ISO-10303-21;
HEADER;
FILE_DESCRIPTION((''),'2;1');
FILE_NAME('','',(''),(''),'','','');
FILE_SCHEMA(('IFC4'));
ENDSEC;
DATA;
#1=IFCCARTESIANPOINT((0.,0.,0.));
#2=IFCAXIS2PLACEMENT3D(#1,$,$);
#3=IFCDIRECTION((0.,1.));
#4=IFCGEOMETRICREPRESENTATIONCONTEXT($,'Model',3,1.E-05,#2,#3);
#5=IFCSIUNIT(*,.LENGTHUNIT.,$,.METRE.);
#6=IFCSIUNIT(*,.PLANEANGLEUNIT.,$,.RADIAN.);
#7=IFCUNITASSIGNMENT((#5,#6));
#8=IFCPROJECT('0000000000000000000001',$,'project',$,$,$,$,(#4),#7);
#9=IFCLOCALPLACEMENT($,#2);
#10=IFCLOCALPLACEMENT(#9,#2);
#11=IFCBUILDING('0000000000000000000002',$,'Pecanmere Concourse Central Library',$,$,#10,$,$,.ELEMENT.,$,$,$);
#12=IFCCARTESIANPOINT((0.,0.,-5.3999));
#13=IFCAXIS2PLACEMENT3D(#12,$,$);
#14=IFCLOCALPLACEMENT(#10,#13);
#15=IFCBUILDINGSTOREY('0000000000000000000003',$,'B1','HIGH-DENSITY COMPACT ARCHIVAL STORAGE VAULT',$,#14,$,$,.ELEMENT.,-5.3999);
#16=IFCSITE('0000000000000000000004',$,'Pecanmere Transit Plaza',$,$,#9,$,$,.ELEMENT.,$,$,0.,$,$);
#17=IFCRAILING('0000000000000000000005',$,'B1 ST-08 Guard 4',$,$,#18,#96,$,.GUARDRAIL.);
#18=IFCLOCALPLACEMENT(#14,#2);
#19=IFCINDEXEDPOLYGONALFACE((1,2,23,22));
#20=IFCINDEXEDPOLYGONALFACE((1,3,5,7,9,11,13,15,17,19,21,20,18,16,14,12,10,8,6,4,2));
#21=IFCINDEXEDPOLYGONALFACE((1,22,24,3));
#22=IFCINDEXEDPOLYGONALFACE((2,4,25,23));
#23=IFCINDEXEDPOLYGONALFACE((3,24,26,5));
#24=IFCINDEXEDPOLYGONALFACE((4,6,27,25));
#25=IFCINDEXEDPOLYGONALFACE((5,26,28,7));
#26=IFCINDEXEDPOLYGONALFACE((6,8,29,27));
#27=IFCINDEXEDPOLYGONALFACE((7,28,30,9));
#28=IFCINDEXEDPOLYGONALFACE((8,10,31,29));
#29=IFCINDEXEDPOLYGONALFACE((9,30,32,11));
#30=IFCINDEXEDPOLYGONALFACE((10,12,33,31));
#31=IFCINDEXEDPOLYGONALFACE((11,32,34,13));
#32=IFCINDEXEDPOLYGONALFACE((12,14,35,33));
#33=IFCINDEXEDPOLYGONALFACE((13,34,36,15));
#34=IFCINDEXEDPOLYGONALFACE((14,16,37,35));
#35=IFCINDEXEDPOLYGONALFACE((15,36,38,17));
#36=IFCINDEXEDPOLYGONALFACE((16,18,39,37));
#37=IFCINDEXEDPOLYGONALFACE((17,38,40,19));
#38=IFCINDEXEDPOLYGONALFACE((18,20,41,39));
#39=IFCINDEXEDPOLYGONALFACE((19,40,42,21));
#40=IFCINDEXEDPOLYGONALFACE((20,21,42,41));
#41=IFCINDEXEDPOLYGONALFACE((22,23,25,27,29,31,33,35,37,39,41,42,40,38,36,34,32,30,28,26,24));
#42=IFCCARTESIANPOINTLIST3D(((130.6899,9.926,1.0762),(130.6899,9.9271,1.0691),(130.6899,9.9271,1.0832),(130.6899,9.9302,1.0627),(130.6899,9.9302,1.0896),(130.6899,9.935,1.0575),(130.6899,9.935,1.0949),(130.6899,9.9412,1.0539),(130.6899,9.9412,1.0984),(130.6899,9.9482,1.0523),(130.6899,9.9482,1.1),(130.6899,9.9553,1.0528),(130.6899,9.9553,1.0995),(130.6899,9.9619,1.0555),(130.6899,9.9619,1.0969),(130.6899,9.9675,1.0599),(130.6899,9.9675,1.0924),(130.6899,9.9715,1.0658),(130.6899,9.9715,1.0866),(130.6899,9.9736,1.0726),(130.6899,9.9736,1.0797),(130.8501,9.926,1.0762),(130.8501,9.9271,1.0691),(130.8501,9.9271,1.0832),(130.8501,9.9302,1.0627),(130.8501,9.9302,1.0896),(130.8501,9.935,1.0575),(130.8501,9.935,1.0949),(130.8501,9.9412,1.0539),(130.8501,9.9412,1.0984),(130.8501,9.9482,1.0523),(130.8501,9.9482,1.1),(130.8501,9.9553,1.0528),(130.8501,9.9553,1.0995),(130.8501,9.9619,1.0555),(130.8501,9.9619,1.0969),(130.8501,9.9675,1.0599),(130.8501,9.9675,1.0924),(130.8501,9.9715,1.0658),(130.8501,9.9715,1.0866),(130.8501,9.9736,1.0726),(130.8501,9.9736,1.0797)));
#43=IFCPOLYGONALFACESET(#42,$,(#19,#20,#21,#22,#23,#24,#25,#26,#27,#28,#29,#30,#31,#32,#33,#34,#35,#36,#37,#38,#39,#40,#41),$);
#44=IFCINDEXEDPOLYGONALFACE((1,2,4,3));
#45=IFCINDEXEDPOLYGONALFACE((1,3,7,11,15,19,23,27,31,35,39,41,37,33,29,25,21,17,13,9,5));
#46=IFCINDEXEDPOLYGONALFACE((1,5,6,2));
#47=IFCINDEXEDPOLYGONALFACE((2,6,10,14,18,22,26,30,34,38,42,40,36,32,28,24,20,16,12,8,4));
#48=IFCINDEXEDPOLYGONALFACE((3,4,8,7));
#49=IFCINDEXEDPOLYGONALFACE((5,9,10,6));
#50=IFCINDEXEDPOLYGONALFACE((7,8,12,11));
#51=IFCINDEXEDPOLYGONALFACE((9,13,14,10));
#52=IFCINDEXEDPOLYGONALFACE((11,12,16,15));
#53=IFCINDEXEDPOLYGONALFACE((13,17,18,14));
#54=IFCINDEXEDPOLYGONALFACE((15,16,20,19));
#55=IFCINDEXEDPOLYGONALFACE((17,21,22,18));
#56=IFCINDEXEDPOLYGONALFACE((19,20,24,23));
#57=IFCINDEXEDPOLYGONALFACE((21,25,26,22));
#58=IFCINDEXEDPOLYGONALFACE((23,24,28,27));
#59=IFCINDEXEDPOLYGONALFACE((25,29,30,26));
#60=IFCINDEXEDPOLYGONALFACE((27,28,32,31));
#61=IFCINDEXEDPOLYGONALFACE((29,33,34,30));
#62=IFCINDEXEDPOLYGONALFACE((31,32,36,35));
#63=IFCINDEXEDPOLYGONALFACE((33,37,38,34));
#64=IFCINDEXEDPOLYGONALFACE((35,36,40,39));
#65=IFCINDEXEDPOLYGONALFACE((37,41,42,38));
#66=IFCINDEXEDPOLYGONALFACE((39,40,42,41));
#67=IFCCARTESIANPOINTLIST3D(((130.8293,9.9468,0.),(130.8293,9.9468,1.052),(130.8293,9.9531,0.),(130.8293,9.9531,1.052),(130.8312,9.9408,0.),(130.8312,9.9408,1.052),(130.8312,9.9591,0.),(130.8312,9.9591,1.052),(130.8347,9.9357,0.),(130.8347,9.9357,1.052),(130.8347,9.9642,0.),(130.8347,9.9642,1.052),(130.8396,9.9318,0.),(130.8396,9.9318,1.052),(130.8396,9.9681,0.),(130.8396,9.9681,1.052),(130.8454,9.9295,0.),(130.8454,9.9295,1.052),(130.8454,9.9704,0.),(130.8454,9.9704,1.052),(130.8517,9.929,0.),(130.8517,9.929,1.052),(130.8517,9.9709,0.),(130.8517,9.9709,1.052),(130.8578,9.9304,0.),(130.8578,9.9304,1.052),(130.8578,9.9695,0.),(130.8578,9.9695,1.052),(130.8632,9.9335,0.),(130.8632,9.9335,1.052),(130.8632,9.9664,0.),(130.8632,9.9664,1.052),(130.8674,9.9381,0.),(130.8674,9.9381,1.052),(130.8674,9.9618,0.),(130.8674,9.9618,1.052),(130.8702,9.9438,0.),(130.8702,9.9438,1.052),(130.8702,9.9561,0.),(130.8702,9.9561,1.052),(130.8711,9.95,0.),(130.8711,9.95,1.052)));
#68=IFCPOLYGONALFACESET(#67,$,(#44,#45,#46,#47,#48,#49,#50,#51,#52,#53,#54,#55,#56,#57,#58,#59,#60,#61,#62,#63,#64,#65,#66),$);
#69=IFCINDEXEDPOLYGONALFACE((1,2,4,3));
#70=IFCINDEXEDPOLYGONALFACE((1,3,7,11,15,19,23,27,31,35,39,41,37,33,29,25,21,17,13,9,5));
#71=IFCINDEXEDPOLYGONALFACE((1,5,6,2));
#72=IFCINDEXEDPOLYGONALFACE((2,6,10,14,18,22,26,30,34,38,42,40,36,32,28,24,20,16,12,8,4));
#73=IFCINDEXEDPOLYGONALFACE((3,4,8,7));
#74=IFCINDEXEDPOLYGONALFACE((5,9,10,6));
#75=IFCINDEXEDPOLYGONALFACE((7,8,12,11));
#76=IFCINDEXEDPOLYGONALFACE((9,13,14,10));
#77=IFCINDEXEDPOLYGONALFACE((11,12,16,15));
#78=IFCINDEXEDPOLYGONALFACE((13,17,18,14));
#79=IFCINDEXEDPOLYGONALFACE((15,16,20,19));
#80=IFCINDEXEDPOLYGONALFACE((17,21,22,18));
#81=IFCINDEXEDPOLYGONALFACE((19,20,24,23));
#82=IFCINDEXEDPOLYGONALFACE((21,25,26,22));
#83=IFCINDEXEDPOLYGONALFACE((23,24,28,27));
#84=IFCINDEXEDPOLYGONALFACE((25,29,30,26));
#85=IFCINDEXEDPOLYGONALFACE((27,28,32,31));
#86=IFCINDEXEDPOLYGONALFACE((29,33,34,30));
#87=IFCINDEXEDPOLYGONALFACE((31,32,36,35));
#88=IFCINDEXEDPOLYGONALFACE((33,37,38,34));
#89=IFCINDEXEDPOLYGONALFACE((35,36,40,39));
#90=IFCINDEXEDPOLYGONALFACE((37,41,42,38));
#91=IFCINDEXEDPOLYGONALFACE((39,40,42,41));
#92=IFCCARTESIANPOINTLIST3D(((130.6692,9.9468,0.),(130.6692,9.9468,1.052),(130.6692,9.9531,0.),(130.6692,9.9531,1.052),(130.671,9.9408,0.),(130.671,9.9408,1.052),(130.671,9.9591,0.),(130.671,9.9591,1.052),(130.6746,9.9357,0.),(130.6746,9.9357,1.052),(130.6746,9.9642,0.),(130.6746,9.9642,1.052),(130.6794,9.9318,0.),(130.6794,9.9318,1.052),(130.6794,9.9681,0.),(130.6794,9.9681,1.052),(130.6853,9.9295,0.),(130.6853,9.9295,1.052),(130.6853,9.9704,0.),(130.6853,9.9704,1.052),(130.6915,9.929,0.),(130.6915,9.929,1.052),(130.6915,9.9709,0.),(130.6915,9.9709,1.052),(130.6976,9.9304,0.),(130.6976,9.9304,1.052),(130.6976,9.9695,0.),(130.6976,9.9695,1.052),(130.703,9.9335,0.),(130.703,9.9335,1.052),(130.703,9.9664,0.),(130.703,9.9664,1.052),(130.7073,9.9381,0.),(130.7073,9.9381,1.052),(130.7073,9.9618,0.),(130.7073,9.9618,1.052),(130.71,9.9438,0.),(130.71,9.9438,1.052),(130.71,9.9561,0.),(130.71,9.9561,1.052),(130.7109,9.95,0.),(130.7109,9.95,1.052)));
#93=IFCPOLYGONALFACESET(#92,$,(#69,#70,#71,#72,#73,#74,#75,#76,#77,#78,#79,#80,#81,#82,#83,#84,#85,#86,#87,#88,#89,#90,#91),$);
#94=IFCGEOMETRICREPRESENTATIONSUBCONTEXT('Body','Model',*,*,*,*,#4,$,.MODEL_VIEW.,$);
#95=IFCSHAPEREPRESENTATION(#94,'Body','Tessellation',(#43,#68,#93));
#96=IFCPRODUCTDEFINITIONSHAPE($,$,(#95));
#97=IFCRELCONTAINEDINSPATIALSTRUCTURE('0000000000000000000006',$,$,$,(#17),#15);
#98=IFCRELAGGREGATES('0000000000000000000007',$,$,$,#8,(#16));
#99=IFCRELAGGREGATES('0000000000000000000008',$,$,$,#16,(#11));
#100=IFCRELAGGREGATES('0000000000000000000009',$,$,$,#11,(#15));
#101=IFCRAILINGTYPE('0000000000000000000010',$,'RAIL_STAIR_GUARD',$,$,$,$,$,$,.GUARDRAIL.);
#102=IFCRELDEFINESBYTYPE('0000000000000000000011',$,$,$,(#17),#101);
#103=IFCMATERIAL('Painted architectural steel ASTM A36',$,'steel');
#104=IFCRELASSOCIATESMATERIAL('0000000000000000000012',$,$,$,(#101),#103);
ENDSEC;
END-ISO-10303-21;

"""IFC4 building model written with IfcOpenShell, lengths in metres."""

from ifc_helpers import new_model, si_unit, direction, frame, origin, origin_2d, place, context, subcontext, project, spatial, circle, extrude, material, type_object, element, save


model = new_model("IFC4")

# Units and contexts
model_context = context("Model", 3, precision=1e-05, world=origin(), true_north=direction((0.0, 1.0)))
body_context = subcontext(model_context, "Body", "Model", "MODEL_VIEW")
ifc_project = project(units=[si_unit("LENGTHUNIT", "METRE"), si_unit("PLANEANGLEUNIT", "RADIAN")], contexts=[model_context])

# Site, building, storey
site_placement = place(None, origin())
site = spatial("IfcSite", under=ifc_project, at=site_placement, Name="Pecanmere Transit Plaza", CompositionType="ELEMENT", RefElevation=0.0)
building_placement = place(site_placement, origin())
building = spatial("IfcBuilding", under=site, at=building_placement, Name="Pecanmere Concourse Central Library", CompositionType="ELEMENT")
storey_placement = place(building_placement, frame((0.0, 0.0, -5.3999)))
storey = spatial("IfcBuildingStorey", under=building, at=storey_placement, Name="B1", Description="HIGH-DENSITY COMPACT ARCHIVAL STORAGE VAULT", CompositionType="ELEMENT", Elevation=-5.3999)

# Railing
ifc_material_1 = material(Name="Painted architectural steel ASTM A36", Category="steel")
railing_type_1 = type_object("IfcRailingType", Name="RAIL_STAIR_GUARD", PredefinedType="GUARDRAIL", material=ifc_material_1)
railing_1_placement = place(storey_placement, frame((130.8501, 9.95, 0.0)))
element("IfcRailing", 1, at=railing_1_placement, inside=storey, type_object=railing_type_1, Name="B1 ST-08 Guard 4", PredefinedType="GUARDRAIL", context=body_context, shape_type="SweptSolid", body=[
    extrude(circle(Radius=0.0239, at=origin_2d()), frame((0.0, 0.0, 1.0762), z_axis=(-1.0, 0.0, 0.0), x_axis=(0.0, -1.0, 0.0)), (0.0, 0.0, 1.0), 0.1602),
    extrude(circle(Radius=0.021, at=origin_2d()), origin(), (0.0, 0.0, 1.0), 1.052),
    extrude(circle(Radius=0.021, at=origin_2d()), frame((-0.1602, 0.0, 0.0)), (0.0, 0.0, 1.0), 1.052),
])

save(model, "model.ifc")
